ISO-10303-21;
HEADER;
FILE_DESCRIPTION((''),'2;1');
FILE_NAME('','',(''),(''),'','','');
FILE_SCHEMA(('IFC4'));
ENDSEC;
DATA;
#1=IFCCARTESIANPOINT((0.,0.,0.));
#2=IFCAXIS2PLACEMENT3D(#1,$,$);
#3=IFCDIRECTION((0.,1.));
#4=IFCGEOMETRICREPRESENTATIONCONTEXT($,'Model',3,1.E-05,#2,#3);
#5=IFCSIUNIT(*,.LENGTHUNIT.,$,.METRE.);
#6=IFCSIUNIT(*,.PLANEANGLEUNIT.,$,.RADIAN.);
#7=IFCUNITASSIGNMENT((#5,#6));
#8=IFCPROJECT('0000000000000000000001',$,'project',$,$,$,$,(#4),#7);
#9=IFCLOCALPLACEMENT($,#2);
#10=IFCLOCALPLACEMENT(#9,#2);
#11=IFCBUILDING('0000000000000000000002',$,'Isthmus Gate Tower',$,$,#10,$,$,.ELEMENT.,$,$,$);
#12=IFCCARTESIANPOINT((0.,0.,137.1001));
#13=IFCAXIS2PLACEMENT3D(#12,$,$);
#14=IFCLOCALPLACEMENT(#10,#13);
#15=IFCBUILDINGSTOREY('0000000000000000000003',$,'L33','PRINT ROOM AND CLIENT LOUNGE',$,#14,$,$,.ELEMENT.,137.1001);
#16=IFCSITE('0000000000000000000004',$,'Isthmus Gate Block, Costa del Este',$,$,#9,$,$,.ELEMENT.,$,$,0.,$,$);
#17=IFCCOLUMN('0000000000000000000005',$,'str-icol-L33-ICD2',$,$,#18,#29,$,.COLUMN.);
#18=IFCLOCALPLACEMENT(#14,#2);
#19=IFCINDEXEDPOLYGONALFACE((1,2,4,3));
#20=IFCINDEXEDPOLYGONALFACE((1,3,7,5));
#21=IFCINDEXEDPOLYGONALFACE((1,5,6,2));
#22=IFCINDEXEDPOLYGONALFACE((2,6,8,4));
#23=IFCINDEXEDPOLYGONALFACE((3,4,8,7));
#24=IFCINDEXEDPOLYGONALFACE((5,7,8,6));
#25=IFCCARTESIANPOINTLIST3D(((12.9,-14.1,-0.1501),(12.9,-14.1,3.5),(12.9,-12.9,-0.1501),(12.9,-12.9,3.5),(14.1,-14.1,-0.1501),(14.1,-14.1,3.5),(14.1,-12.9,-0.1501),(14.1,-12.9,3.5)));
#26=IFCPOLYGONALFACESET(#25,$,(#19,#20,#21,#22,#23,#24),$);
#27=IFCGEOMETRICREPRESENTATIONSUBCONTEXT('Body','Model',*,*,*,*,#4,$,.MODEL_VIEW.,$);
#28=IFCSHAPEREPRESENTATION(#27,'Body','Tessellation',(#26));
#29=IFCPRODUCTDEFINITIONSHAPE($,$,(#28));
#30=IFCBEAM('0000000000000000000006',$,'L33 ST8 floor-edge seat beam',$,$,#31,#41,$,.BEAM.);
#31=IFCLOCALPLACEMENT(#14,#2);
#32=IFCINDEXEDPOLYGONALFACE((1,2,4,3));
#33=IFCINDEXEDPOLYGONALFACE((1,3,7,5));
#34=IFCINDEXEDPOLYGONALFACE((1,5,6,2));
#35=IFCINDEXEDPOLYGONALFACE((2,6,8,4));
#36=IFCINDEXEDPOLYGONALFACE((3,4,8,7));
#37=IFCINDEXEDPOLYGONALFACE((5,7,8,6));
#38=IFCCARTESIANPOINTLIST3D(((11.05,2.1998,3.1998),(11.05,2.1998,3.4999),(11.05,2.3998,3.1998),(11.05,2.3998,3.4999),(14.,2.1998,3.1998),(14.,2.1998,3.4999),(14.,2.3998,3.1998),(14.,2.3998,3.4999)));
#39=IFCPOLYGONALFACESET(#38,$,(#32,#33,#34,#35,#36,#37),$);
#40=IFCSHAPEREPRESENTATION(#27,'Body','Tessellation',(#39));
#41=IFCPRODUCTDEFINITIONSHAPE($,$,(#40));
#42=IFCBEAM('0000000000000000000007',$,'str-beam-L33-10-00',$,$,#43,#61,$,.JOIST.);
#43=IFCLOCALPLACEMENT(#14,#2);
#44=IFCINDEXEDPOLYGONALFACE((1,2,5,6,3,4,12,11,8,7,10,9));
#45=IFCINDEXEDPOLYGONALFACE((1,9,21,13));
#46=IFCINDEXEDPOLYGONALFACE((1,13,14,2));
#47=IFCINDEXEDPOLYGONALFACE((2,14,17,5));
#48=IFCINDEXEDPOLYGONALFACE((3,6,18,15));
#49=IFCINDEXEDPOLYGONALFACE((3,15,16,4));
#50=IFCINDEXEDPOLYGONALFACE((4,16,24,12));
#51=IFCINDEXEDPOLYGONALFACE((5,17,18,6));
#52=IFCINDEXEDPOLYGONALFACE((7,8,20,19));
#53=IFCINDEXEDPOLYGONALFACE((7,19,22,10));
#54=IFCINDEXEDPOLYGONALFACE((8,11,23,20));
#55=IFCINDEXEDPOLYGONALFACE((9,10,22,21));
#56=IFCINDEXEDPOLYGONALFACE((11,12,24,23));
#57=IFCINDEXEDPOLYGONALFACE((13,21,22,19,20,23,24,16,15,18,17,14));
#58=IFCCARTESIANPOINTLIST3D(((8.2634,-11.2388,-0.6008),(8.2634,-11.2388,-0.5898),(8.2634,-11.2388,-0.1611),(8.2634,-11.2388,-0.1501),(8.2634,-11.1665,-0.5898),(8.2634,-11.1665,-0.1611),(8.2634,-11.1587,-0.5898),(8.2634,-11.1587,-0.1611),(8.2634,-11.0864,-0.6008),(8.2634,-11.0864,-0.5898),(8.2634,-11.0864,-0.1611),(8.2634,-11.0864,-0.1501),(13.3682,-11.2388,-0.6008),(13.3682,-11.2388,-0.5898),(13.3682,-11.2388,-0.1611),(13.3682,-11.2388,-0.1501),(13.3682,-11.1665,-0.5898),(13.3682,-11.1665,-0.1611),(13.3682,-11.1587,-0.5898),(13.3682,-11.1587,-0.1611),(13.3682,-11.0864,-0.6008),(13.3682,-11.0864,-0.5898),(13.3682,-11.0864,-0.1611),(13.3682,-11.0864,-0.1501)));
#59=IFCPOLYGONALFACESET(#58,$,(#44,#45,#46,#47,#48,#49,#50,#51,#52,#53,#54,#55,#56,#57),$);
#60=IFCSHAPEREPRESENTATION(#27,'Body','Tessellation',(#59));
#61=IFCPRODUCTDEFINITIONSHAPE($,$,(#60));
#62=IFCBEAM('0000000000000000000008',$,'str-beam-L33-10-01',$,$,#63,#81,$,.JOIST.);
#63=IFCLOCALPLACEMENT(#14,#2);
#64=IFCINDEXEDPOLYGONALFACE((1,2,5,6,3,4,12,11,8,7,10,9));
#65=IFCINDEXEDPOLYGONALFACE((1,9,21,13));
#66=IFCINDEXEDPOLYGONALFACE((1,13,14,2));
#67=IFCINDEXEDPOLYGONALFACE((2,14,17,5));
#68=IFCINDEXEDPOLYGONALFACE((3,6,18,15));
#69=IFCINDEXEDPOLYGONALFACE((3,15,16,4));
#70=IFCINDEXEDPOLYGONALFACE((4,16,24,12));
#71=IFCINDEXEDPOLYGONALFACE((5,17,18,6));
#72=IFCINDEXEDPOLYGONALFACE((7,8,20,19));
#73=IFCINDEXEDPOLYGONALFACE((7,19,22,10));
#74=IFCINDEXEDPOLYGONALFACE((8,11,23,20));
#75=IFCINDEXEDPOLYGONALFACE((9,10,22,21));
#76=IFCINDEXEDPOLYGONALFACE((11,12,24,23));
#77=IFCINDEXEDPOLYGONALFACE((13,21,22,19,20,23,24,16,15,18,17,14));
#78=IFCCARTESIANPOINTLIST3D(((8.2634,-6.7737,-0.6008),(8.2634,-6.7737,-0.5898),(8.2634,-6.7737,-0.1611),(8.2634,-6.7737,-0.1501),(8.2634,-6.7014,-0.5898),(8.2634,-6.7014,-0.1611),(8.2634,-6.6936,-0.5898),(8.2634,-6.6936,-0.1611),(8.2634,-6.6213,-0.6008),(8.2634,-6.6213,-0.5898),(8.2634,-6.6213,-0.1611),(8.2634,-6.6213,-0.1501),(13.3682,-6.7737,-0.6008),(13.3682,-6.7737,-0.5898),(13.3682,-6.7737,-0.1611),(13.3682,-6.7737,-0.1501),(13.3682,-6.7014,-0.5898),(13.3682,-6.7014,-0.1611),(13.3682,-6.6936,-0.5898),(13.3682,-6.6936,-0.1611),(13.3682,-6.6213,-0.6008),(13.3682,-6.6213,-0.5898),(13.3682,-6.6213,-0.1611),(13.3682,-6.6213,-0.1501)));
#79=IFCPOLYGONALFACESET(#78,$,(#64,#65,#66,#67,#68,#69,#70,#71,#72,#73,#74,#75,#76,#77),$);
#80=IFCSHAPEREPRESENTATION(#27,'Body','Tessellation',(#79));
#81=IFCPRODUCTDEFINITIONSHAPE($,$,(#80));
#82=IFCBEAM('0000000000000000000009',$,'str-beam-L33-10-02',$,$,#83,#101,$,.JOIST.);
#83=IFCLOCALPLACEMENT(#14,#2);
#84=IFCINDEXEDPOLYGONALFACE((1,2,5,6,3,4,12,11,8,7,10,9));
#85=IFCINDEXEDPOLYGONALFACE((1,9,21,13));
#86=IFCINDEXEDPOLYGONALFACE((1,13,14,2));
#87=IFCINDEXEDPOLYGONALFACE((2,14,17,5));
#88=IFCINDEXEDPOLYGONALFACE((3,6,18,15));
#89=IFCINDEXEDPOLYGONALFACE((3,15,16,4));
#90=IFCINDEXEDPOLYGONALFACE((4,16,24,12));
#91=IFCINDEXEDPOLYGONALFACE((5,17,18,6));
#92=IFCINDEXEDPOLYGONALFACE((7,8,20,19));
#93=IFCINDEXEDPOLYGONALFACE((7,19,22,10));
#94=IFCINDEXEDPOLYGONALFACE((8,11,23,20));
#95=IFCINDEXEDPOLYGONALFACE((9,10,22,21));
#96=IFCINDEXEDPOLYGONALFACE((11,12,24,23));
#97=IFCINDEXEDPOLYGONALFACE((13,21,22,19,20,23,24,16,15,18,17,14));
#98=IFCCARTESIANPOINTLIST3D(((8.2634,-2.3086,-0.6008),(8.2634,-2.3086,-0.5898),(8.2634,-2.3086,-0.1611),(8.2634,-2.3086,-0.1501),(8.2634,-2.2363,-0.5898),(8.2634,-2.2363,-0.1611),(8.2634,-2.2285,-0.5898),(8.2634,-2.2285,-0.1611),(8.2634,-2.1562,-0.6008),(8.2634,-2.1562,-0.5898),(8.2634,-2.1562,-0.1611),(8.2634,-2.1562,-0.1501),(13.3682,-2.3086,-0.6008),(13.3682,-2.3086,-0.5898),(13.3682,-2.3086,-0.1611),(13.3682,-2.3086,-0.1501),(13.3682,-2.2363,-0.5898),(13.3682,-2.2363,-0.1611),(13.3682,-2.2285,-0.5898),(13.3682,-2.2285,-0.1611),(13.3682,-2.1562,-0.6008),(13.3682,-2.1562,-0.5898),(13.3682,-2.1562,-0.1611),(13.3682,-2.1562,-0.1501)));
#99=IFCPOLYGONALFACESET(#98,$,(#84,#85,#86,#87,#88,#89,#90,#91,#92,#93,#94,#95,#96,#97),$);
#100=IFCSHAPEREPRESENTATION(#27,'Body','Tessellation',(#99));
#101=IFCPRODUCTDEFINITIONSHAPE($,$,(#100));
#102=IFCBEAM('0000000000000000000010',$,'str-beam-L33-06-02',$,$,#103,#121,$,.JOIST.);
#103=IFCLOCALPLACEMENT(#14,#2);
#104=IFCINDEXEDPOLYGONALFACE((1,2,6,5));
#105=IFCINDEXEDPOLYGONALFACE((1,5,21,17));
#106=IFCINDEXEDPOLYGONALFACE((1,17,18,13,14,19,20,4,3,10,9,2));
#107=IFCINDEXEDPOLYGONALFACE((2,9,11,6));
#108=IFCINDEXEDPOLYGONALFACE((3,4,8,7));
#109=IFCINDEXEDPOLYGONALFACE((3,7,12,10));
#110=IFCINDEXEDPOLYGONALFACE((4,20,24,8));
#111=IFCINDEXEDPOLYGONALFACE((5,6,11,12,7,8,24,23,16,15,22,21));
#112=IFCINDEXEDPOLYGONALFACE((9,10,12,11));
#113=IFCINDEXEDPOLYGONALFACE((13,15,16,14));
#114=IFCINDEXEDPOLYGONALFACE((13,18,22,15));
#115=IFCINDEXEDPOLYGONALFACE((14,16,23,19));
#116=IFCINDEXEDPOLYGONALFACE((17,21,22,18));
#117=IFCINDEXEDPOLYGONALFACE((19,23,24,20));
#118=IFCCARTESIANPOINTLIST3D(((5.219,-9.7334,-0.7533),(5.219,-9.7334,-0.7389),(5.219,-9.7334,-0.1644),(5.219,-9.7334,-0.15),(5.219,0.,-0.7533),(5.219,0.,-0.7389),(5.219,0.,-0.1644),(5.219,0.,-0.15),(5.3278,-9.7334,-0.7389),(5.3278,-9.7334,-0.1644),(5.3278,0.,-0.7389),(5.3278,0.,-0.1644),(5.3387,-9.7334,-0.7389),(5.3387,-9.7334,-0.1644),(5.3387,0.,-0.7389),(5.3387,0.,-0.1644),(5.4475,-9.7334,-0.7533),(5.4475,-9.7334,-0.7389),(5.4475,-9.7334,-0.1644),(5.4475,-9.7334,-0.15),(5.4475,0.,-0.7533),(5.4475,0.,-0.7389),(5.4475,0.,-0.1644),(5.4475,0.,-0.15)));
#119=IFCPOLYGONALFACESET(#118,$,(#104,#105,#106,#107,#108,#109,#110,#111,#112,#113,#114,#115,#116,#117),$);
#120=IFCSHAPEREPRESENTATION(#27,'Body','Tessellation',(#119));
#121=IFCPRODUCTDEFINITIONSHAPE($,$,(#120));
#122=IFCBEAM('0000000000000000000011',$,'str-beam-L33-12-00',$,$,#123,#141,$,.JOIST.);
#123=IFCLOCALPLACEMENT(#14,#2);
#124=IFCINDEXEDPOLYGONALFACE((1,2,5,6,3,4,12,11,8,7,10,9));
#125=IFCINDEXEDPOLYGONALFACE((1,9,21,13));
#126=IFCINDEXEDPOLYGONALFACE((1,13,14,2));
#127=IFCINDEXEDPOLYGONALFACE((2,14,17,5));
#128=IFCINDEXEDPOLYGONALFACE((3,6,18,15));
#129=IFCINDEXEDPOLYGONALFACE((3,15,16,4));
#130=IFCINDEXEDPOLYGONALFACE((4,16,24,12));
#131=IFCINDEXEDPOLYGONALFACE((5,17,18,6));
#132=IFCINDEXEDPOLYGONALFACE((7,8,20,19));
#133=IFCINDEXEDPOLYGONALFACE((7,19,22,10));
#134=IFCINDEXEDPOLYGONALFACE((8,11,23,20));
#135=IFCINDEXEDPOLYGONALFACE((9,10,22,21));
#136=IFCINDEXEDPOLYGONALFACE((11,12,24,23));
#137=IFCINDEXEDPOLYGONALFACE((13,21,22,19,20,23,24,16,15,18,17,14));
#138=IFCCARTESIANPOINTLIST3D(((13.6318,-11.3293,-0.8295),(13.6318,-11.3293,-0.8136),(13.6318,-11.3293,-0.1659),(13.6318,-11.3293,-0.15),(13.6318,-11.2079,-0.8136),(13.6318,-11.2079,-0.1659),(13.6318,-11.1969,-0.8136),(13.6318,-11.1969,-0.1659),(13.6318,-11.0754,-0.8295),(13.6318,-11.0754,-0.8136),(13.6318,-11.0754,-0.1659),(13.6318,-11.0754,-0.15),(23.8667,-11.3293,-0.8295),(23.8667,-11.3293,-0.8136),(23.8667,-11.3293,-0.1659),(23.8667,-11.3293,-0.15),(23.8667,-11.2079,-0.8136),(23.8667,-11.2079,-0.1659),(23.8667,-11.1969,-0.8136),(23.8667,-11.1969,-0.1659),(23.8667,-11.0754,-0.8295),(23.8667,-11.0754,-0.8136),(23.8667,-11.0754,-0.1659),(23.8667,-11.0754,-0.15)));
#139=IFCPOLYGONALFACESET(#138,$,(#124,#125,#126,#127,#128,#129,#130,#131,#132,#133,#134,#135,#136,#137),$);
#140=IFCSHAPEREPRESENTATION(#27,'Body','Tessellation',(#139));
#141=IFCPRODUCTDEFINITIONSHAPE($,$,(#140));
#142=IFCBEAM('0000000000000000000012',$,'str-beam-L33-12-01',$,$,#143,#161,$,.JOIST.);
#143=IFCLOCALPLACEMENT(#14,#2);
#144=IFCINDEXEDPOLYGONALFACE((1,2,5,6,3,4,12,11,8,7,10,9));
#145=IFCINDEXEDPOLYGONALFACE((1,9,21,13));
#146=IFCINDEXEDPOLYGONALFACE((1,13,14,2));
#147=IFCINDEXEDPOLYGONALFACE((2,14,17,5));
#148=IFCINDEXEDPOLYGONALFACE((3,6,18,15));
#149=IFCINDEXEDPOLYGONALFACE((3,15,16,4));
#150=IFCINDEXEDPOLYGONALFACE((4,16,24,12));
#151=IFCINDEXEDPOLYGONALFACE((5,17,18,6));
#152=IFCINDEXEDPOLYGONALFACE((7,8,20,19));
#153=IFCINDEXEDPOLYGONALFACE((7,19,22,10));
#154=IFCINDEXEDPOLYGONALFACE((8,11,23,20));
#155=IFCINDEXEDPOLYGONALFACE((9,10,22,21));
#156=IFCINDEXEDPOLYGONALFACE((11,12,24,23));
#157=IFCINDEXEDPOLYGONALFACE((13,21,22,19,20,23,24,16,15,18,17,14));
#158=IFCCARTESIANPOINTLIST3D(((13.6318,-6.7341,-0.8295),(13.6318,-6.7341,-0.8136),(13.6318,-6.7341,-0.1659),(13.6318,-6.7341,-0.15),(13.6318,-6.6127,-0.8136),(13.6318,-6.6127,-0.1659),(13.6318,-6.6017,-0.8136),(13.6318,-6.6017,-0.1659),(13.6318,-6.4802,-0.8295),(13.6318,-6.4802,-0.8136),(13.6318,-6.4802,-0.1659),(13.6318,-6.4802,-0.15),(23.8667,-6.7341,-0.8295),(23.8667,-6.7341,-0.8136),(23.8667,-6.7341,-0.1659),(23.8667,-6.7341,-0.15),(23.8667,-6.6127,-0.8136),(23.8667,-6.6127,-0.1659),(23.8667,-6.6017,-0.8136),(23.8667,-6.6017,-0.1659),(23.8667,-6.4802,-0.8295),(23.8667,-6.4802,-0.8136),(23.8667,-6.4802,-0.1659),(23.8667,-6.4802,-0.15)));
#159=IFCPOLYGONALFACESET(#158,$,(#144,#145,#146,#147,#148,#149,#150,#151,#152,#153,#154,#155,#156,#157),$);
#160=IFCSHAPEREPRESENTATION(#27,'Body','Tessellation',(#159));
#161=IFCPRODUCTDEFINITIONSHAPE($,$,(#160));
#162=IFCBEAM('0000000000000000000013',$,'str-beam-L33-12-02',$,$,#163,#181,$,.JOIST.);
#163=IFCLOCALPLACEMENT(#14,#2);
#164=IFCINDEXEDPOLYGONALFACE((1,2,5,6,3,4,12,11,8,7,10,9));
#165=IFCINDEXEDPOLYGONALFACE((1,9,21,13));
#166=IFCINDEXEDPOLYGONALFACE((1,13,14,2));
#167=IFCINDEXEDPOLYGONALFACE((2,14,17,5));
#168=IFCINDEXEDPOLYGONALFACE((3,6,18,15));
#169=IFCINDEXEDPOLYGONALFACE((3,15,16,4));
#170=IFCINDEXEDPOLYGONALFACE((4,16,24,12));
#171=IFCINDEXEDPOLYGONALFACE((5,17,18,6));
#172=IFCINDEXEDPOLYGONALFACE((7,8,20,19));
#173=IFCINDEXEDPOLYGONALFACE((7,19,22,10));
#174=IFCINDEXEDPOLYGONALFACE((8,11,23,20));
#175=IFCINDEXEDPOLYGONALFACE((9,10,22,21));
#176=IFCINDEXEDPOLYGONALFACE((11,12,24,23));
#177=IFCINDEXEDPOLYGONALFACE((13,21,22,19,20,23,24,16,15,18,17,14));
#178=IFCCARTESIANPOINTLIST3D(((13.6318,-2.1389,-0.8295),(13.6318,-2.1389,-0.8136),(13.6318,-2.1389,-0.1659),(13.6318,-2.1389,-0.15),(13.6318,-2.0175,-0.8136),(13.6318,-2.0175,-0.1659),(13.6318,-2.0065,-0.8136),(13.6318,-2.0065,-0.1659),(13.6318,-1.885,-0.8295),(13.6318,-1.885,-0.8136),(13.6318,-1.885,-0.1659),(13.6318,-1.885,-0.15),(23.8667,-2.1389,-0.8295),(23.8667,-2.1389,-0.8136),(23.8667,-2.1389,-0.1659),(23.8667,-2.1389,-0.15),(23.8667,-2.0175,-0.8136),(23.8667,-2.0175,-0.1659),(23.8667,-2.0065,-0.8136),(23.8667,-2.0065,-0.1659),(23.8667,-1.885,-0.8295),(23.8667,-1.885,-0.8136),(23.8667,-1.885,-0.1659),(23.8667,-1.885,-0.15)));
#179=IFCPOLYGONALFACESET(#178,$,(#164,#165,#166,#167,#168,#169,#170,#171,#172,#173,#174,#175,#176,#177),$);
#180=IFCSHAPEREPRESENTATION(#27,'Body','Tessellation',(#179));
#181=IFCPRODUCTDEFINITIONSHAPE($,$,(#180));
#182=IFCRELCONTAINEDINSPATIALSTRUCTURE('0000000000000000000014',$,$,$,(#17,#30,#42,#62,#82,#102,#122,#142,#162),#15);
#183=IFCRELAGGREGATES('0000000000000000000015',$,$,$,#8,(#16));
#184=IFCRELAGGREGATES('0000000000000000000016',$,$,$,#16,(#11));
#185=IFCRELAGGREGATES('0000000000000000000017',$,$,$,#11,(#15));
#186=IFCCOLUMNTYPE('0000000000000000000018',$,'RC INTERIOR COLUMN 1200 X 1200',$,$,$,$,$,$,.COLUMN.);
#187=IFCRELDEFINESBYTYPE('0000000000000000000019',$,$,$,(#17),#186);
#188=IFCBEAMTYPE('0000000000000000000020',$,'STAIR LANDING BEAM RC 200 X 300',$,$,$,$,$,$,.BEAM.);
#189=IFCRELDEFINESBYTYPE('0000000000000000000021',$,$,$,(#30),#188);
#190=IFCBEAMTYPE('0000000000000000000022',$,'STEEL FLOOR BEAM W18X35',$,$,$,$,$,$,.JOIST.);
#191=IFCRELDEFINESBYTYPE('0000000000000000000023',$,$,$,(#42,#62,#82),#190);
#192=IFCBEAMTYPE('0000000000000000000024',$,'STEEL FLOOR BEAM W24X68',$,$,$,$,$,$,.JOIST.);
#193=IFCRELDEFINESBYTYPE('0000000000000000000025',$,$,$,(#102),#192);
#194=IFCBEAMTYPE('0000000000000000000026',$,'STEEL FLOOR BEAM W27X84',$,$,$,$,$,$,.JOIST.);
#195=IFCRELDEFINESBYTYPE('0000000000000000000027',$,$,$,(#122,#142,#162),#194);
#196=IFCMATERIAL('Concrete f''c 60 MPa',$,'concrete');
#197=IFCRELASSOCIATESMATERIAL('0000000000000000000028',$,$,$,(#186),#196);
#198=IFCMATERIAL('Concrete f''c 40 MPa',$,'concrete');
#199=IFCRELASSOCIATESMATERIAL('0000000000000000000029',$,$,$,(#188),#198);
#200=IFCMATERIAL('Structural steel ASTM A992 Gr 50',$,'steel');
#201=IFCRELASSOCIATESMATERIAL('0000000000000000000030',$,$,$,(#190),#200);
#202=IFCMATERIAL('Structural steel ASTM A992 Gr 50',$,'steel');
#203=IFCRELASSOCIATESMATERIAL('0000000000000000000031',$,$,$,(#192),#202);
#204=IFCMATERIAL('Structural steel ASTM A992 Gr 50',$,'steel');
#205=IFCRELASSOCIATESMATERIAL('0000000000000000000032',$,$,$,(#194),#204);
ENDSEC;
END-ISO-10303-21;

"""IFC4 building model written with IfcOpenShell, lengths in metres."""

from ifc_helpers import new_model, si_unit, direction, frame, origin, origin_2d, place, context, subcontext, project, spatial, rectangle, i_section, extrude, material, material_profile, profile_set, type_object, element, save


model = new_model("IFC4")

# Units and contexts
model_context = context("Model", 3, precision=1e-05, world=origin(), true_north=direction((0.0, 1.0)))
body_context = subcontext(model_context, "Body", "Model", "MODEL_VIEW")
ifc_project = project(units=[si_unit("LENGTHUNIT", "METRE"), si_unit("PLANEANGLEUNIT", "RADIAN")], contexts=[model_context])

# Site, building, storey
site_placement = place(None, origin())
site = spatial("IfcSite", under=ifc_project, at=site_placement, Name="Isthmus Gate Block, Costa del Este", CompositionType="ELEMENT", RefElevation=0.0)
building_placement = place(site_placement, origin())
building = spatial("IfcBuilding", under=site, at=building_placement, Name="Isthmus Gate Tower", CompositionType="ELEMENT")
storey_placement = place(building_placement, frame((0.0, 0.0, 137.1001)))
storey = spatial("IfcBuildingStorey", under=building, at=storey_placement, Name="L33", Description="PRINT ROOM AND CLIENT LOUNGE", CompositionType="ELEMENT", Elevation=137.1001)

# Column
ifc_material_1 = material(Name="Concrete f'c 60 MPa", Category="concrete")
ifc_material_profile_1 = material_profile(ifc_material_1, rectangle(XDim=1.2, YDim=1.2, at=origin_2d()), Name="RC 1200X1200")
ifc_profile_set_1 = profile_set([ifc_material_profile_1], Name="Concrete f'c 60 MPa")
column_type = type_object("IfcColumnType", Name="RC INTERIOR COLUMN 1200 X 1200", PredefinedType="COLUMN", material=ifc_profile_set_1)
column_placement = place(storey_placement, frame((13.5, -13.5, -0.1501), z_axis=(0.0, 0.0, 1.0), x_axis=(1.0, 0.0, 0.0)))
element("IfcColumn", 1, at=column_placement, inside=storey, type_object=column_type, Name="str-icol-L33-ICD2", PredefinedType="COLUMN", context=body_context, shape_type="SweptSolid", body=[
    extrude(rectangle(XDim=1.2, YDim=1.2, at=origin_2d()), origin(), (0.0, 0.0, 1.0), 3.6501),
])

# Beams
ifc_material_2 = material(Name="Concrete f'c 40 MPa", Category="concrete")
ifc_material_profile_2 = material_profile(ifc_material_2, rectangle(XDim=0.2, YDim=0.3, at=origin_2d()), Name="STAIR LANDING BEAM RC 200 X 300")
ifc_profile_set_2 = profile_set([ifc_material_profile_2], Name="Concrete f'c 40 MPa")
beam_type_1 = type_object("IfcBeamType", Name="STAIR LANDING BEAM RC 200 X 300", PredefinedType="BEAM", material=ifc_profile_set_2)
beam_1_placement = place(storey_placement, frame((11.05, 2.2998, 3.3499), z_axis=(1.0, 0.0, 0.0), x_axis=(0.0, 1.0, 0.0)))
element("IfcBeam", 2, at=beam_1_placement, inside=storey, type_object=beam_type_1, Name="L33 ST8 floor-edge seat beam", PredefinedType="BEAM", context=body_context, shape_type="SweptSolid", body=[
    extrude(rectangle(XDim=0.2, YDim=0.3, at=origin_2d()), origin(), (0.0, 0.0, 1.0), 2.95),
])
ifc_material_3 = material(Name="Structural steel ASTM A992 Gr 50", Category="steel")
ifc_material_profile_3 = material_profile(ifc_material_3, i_section(OverallWidth=0.1523, OverallDepth=0.4507, WebThickness=0.0078, FlangeThickness=0.011, at=origin_2d()), Name="W18X35")
ifc_profile_set_3 = profile_set([ifc_material_profile_3], Name="Structural steel ASTM A992 Gr 50")
beam_type_2 = type_object("IfcBeamType", Name="STEEL FLOOR BEAM W18X35", PredefinedType="JOIST", material=ifc_profile_set_3)
for number, where, z_axis, x_axis, name in (
    (3, (8.2634, -11.1626, -0.3755), (1.0, 0.0, 0.0), (0.0, 1.0, 0.0), "str-beam-L33-10-00"),
    (4, (8.2634, -6.6975, -0.3755), (1.0, 0.0, 0.0), (0.0, 1.0, 0.0), "str-beam-L33-10-01"),
    (5, (8.2634, -2.2324, -0.3755), (1.0, 0.0, 0.0), (0.0, 1.0, 0.0), "str-beam-L33-10-02"),
):
    element("IfcBeam", number, at=place(storey_placement, frame(where, z_axis=z_axis, x_axis=x_axis)), inside=storey, type_object=beam_type_2, Name=name, PredefinedType="JOIST", context=body_context, shape_type="SweptSolid", body=[
        extrude(i_section(OverallWidth=0.1523, OverallDepth=0.4507, WebThickness=0.0078, FlangeThickness=0.011, at=origin_2d()), origin(), (0.0, 0.0, 1.0), 5.1047),
    ])
ifc_material_4 = material(Name="Structural steel ASTM A992 Gr 50", Category="steel")
ifc_material_profile_4 = material_profile(ifc_material_4, i_section(OverallWidth=0.2285, OverallDepth=0.6033, WebThickness=0.011, FlangeThickness=0.0144, at=origin_2d()), Name="W24X68")
ifc_profile_set_4 = profile_set([ifc_material_profile_4], Name="Structural steel ASTM A992 Gr 50")
beam_type_3 = type_object("IfcBeamType", Name="STEEL FLOOR BEAM W24X68", PredefinedType="JOIST", material=ifc_profile_set_4)
beam_2_placement = place(storey_placement, frame((5.3333, -9.7334, -0.4517), z_axis=(0.0, 1.0, 0.0), x_axis=(-1.0, 0.0, 0.0)))
element("IfcBeam", 6, at=beam_2_placement, inside=storey, type_object=beam_type_3, Name="str-beam-L33-06-02", PredefinedType="JOIST", context=body_context, shape_type="SweptSolid", body=[
    extrude(i_section(OverallWidth=0.2285, OverallDepth=0.6033, WebThickness=0.011, FlangeThickness=0.0144, at=origin_2d()), origin(), (0.0, 0.0, 1.0), 9.7334),
])
ifc_material_5 = material(Name="Structural steel ASTM A992 Gr 50", Category="steel")
ifc_material_profile_5 = material_profile(ifc_material_5, i_section(OverallWidth=0.2539, OverallDepth=0.6794, WebThickness=0.011, FlangeThickness=0.0159, at=origin_2d()), Name="W27X84")
ifc_profile_set_5 = profile_set([ifc_material_profile_5], Name="Structural steel ASTM A992 Gr 50")
beam_type_4 = type_object("IfcBeamType", Name="STEEL FLOOR BEAM W27X84", PredefinedType="JOIST", material=ifc_profile_set_5)
for number, where, z_axis, x_axis, name in (
    (7, (13.6318, -11.2024, -0.4897), (1.0, 0.0, 0.0), (0.0, 1.0, 0.0), "str-beam-L33-12-00"),
    (8, (13.6318, -6.6072, -0.4897), (1.0, 0.0, 0.0), (0.0, 1.0, 0.0), "str-beam-L33-12-01"),
    (9, (13.6318, -2.012, -0.4897), (1.0, 0.0, 0.0), (0.0, 1.0, 0.0), "str-beam-L33-12-02"),
):
    element("IfcBeam", number, at=place(storey_placement, frame(where, z_axis=z_axis, x_axis=x_axis)), inside=storey, type_object=beam_type_4, Name=name, PredefinedType="JOIST", context=body_context, shape_type="SweptSolid", body=[
        extrude(i_section(OverallWidth=0.2539, OverallDepth=0.6794, WebThickness=0.011, FlangeThickness=0.0159, at=origin_2d()), origin(), (0.0, 0.0, 1.0), 10.2349),
    ])

save(model, "model.ifc")
